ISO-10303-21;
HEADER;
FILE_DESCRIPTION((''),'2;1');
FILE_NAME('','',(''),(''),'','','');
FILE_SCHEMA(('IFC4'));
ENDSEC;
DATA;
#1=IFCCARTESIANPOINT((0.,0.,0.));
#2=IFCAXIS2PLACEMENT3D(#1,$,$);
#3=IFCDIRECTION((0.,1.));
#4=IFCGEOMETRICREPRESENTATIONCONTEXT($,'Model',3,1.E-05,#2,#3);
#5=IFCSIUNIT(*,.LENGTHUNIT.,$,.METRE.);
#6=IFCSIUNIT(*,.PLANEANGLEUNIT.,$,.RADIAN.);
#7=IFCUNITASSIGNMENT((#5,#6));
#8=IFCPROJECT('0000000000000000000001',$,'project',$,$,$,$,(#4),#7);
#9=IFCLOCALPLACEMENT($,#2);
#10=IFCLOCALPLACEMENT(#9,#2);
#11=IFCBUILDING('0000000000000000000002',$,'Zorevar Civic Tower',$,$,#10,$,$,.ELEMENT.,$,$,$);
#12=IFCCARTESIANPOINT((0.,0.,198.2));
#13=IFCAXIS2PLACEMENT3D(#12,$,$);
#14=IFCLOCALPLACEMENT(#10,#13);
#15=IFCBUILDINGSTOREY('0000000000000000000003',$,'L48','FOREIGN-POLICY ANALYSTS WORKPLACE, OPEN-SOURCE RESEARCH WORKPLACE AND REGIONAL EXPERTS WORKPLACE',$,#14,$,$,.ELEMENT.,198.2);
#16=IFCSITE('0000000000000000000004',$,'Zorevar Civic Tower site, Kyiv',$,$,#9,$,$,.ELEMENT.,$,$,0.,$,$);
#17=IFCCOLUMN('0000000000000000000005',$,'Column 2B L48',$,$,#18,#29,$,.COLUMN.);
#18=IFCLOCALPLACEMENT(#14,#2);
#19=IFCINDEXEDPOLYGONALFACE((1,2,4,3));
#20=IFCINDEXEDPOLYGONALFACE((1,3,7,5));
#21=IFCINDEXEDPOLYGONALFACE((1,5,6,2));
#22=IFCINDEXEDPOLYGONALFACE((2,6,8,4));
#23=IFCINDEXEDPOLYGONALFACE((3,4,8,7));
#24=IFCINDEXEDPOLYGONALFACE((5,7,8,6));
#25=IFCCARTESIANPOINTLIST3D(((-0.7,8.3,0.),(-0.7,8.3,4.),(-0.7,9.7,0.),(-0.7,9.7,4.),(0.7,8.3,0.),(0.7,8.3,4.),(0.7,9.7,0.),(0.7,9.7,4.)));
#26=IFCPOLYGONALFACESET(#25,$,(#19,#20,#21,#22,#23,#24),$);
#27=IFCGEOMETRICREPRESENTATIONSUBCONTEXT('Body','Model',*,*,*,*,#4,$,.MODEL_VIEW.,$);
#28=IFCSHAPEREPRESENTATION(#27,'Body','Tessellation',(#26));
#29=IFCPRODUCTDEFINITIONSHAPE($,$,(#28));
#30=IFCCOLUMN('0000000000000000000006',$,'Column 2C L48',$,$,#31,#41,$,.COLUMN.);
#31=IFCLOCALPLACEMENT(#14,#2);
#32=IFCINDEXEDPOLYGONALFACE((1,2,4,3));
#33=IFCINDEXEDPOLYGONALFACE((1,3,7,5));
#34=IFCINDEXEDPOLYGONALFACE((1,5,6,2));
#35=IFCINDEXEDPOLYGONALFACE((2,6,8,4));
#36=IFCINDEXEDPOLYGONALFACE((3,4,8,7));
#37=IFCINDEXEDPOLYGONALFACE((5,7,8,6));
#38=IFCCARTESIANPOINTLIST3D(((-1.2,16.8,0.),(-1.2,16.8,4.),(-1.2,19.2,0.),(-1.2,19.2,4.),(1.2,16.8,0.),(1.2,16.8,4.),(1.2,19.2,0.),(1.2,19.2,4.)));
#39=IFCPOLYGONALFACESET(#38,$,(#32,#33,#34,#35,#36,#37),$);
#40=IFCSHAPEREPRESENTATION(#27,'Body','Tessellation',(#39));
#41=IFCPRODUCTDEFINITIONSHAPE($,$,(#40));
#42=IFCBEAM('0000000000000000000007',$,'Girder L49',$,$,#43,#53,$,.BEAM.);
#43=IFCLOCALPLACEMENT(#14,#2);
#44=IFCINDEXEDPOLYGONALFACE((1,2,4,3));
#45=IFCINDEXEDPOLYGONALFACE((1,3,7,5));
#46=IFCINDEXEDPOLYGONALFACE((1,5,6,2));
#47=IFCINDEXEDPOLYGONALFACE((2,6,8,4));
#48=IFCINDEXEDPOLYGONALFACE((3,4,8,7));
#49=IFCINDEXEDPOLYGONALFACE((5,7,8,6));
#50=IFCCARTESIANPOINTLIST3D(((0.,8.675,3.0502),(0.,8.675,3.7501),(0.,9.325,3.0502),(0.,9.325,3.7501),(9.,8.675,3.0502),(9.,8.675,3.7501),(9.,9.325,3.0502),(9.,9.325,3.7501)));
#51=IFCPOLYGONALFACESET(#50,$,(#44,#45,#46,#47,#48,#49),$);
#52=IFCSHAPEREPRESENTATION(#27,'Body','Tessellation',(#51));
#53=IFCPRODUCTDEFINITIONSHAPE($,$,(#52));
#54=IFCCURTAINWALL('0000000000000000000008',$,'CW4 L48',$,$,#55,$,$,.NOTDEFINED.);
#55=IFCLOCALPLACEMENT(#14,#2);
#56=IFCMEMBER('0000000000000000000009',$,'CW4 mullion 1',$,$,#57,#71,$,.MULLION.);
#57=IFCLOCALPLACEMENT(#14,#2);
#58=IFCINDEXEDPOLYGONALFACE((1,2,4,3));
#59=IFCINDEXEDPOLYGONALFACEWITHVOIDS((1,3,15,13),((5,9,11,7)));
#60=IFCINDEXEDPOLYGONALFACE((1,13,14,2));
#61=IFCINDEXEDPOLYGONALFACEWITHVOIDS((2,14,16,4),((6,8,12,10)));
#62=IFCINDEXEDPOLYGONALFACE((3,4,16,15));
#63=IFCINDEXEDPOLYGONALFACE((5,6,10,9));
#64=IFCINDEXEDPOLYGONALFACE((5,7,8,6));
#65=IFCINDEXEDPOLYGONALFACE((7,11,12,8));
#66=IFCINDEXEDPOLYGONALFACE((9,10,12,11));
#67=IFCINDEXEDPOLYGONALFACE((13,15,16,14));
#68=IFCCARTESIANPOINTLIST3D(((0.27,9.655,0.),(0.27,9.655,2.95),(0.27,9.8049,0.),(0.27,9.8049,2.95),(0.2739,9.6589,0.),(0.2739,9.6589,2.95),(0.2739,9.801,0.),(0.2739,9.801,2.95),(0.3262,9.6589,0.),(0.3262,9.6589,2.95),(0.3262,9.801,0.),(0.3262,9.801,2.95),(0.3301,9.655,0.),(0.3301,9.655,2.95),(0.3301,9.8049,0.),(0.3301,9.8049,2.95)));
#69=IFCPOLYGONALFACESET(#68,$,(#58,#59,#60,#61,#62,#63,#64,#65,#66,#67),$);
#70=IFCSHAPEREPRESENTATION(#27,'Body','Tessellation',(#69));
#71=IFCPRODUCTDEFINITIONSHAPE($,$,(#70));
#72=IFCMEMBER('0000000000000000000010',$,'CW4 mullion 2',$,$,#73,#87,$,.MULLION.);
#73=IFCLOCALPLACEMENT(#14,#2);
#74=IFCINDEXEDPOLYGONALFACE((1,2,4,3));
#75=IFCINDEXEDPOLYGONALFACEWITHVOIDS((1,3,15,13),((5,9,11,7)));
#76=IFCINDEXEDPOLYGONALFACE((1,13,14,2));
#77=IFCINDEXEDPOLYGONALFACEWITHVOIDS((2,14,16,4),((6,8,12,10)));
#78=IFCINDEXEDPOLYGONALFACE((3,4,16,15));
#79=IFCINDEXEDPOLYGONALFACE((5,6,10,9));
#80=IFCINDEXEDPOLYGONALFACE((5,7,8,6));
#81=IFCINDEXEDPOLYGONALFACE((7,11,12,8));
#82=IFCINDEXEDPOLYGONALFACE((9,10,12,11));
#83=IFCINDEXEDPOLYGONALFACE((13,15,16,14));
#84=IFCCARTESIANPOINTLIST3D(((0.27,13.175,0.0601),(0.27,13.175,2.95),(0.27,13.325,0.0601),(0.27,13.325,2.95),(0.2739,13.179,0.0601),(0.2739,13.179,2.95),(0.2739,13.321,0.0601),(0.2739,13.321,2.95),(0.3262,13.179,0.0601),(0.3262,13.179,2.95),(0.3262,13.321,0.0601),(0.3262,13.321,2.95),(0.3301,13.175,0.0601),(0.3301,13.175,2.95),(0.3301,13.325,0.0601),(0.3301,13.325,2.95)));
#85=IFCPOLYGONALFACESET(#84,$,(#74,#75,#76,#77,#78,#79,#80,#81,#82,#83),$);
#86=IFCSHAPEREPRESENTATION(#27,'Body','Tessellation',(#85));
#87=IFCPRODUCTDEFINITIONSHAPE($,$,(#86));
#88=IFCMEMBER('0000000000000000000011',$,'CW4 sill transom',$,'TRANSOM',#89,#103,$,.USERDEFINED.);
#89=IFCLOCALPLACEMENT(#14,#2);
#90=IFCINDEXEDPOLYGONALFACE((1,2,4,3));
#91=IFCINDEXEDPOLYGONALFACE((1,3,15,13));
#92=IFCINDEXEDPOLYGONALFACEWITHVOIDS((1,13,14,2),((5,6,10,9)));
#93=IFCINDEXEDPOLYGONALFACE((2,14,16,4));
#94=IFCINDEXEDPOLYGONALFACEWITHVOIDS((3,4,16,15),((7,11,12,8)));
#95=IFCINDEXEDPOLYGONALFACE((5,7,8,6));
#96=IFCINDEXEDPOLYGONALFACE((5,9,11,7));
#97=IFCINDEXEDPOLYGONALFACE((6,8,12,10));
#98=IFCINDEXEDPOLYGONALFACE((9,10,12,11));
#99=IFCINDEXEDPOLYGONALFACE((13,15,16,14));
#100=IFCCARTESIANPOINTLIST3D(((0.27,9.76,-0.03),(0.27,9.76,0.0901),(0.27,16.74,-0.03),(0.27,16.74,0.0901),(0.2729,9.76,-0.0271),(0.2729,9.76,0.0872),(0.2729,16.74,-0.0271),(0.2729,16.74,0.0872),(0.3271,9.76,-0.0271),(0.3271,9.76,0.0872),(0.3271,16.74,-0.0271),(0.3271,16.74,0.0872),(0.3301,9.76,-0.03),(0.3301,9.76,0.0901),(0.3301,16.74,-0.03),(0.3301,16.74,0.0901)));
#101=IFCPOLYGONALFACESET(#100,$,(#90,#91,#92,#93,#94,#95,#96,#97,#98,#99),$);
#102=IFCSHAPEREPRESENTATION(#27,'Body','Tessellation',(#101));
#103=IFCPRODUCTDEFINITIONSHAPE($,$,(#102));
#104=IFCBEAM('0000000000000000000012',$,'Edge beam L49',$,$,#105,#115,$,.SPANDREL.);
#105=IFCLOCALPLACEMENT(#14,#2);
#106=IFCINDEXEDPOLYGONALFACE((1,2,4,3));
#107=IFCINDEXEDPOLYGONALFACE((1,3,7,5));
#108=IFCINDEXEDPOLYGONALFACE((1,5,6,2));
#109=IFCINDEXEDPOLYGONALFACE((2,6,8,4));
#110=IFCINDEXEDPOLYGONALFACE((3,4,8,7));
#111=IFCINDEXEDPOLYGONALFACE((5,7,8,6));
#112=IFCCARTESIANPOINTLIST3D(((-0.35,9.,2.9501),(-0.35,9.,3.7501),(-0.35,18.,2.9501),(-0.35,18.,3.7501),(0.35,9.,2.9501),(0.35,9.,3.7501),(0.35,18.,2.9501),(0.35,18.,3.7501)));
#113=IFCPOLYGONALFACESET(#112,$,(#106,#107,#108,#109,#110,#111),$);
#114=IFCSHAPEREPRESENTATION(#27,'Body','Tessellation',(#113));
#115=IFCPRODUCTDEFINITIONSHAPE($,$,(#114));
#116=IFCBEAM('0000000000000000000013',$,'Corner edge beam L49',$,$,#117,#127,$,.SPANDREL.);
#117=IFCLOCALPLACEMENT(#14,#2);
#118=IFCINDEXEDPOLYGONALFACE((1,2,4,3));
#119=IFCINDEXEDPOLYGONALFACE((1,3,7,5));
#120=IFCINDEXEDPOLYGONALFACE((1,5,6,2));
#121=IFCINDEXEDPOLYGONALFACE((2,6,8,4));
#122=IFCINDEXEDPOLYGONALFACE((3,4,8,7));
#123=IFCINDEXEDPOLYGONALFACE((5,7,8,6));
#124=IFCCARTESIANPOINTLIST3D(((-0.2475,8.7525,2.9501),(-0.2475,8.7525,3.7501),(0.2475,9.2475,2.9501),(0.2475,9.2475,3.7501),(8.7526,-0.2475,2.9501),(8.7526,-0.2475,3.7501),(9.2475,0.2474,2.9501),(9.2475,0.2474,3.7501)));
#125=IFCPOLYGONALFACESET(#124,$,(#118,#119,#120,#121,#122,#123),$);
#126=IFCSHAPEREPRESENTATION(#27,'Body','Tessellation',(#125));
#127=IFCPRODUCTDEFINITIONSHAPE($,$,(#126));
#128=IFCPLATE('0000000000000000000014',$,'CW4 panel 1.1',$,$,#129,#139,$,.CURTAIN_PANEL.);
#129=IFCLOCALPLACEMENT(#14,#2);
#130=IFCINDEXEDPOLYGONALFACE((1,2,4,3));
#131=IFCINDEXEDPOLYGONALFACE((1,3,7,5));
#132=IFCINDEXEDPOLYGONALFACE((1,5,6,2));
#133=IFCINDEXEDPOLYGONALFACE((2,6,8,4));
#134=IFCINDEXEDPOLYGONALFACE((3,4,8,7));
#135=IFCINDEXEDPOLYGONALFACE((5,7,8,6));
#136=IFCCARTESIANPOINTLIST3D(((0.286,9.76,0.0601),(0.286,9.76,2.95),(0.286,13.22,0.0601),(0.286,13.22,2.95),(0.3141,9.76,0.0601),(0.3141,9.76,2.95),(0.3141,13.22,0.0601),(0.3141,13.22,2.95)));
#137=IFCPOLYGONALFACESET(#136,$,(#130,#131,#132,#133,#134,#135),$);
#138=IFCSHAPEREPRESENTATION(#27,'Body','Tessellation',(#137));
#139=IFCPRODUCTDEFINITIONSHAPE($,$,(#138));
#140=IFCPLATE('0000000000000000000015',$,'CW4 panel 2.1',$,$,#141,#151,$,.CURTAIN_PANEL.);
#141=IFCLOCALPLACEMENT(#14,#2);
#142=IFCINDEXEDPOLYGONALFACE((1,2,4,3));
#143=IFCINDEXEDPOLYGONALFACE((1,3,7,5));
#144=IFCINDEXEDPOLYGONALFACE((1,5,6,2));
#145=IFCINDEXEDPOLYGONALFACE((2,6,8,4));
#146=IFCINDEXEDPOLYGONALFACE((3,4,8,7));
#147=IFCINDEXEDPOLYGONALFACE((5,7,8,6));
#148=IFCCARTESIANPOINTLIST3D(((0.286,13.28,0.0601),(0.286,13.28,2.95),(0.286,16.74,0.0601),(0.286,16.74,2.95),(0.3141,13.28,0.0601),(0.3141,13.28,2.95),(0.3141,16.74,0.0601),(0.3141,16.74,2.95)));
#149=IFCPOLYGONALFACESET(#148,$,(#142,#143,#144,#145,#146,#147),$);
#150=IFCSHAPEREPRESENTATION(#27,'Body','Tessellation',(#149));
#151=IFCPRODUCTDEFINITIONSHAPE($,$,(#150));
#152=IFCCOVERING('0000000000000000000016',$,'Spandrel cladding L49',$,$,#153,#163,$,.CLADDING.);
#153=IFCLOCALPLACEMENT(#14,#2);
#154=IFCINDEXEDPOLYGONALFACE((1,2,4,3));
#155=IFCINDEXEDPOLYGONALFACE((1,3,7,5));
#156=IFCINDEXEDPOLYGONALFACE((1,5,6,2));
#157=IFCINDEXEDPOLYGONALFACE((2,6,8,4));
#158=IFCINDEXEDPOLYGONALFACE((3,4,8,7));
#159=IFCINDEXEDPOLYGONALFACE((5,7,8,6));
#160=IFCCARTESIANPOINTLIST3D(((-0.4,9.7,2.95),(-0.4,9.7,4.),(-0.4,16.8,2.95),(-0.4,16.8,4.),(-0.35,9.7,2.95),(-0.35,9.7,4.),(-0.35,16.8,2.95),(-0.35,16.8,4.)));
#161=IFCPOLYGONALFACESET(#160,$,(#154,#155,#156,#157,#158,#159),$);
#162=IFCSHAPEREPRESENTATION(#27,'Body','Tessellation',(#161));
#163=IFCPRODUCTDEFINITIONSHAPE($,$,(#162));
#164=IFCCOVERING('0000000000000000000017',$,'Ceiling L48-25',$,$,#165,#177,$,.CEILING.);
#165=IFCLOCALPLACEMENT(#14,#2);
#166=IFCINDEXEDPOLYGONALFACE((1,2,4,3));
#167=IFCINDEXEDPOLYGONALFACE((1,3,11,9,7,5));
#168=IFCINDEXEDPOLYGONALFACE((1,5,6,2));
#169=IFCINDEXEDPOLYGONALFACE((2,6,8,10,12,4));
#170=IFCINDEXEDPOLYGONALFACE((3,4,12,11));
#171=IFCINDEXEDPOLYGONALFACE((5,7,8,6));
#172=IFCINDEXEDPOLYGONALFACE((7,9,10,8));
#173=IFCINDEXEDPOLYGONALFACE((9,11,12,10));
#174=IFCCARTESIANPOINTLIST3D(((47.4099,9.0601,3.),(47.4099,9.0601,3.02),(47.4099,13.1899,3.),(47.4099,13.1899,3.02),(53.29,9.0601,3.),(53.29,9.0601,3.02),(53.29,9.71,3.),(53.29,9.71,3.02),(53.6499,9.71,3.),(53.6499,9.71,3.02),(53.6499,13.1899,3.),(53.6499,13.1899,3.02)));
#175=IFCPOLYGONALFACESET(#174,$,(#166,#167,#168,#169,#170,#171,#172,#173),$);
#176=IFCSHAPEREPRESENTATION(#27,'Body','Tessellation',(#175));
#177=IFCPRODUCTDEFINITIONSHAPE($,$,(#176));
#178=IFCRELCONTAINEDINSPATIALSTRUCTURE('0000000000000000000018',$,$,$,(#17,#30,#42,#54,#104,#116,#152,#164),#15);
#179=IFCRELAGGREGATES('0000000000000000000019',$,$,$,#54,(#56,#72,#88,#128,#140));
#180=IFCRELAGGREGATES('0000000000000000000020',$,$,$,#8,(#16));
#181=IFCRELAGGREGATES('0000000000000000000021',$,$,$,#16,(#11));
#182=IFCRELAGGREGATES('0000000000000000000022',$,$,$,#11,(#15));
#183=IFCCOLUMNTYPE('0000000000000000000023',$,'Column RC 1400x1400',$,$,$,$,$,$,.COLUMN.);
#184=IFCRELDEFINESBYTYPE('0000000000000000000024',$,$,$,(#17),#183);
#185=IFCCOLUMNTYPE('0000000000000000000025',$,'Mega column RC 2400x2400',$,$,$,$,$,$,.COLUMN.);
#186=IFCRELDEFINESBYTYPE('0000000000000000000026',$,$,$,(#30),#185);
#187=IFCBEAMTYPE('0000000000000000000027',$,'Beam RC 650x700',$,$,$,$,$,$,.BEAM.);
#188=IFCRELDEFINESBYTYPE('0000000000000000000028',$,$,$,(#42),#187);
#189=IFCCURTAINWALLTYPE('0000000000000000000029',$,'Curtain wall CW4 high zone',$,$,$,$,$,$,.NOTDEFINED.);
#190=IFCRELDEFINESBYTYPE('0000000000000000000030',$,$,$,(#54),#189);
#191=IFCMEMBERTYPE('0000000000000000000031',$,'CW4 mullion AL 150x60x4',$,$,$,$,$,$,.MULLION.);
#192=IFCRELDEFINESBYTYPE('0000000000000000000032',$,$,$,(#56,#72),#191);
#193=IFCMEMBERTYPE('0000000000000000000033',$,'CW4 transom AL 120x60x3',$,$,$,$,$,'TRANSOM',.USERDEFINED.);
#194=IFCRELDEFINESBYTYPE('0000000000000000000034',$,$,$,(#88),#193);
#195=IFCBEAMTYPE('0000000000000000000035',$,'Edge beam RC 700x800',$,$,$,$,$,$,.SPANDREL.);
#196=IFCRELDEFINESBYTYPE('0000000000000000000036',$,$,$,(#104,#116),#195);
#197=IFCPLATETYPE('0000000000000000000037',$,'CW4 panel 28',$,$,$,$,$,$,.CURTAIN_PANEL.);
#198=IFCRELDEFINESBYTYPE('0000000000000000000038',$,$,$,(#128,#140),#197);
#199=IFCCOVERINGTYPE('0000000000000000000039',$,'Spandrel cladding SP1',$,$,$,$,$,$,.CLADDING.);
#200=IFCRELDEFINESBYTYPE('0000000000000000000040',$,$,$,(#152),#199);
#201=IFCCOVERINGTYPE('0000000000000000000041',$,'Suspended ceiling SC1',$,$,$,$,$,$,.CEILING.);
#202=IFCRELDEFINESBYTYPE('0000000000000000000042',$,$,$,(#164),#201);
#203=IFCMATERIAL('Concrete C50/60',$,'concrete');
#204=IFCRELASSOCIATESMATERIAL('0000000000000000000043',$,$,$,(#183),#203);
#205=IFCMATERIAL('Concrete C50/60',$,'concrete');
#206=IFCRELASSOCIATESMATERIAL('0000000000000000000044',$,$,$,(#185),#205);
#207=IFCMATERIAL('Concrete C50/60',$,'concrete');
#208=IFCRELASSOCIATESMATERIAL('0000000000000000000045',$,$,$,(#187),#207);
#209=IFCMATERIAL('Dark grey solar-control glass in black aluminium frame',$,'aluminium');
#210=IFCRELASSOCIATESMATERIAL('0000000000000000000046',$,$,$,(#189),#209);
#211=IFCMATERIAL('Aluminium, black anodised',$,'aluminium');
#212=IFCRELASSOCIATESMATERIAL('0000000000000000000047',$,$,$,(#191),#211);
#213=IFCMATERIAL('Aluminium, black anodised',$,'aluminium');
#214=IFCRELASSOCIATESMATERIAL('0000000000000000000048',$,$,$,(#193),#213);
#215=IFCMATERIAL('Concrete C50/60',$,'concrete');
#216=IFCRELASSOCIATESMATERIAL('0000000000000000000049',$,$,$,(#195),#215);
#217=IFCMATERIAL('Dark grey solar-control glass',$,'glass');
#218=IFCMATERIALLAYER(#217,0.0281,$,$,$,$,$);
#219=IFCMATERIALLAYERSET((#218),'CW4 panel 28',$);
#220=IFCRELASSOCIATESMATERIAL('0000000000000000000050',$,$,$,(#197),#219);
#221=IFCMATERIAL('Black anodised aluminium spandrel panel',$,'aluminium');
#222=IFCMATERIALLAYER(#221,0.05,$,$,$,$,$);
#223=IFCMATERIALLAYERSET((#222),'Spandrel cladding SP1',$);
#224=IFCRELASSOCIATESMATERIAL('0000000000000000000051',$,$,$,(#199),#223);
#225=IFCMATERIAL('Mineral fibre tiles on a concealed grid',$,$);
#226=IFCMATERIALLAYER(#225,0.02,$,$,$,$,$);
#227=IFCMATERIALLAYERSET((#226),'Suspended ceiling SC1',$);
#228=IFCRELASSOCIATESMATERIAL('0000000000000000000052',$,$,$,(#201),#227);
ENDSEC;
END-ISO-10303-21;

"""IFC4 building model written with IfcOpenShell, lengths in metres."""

from ifc_helpers import new_model, si_unit, direction, frame, frame_2d, origin, origin_2d, place, context, subcontext, project, spatial, polyline, rectangle, hollow_rectangle, outline, extrude, material, layer, layer_set, material_profile, profile_set, type_object, element, aggregate, save


model = new_model("IFC4")

# Units and contexts
model_context = context("Model", 3, precision=1e-05, world=origin(), true_north=direction((0.0, 1.0)))
body_context = subcontext(model_context, "Body", "Model", "MODEL_VIEW")
ifc_project = project(units=[si_unit("LENGTHUNIT", "METRE"), si_unit("PLANEANGLEUNIT", "RADIAN")], contexts=[model_context])

# Site, building, storey
site_placement = place(None, origin())
site = spatial("IfcSite", under=ifc_project, at=site_placement, Name="Zorevar Civic Tower site, Kyiv", CompositionType="ELEMENT", RefElevation=0.0)
building_placement = place(site_placement, origin())
building = spatial("IfcBuilding", under=site, at=building_placement, Name="Zorevar Civic Tower", CompositionType="ELEMENT")
storey_placement = place(building_placement, frame((0.0, 0.0, 198.2)))
storey = spatial("IfcBuildingStorey", under=building, at=storey_placement, Name="L48", Description="FOREIGN-POLICY ANALYSTS WORKPLACE, OPEN-SOURCE RESEARCH WORKPLACE AND REGIONAL EXPERTS WORKPLACE", CompositionType="ELEMENT", Elevation=198.2)

# Columns
ifc_material_1 = material(Name="Concrete C50/60", Category="concrete")
ifc_material_profile_1 = material_profile(ifc_material_1, rectangle(XDim=1.3999, YDim=1.3999, at=origin_2d()), Name="RC 1400x1400")
ifc_profile_set_1 = profile_set([ifc_material_profile_1], Name="Concrete C50/60")
column_type_1 = type_object("IfcColumnType", Name="Column RC 1400x1400", PredefinedType="COLUMN", material=ifc_profile_set_1)
column_1_placement = place(storey_placement, frame((0.0, 9.0, 0.0), z_axis=(0.0, 0.0, 1.0), x_axis=(1.0, 0.0, 0.0)))
element("IfcColumn", 1, at=column_1_placement, inside=storey, type_object=column_type_1, Name="Column 2B L48", PredefinedType="COLUMN", context=body_context, shape_type="SweptSolid", body=[
    extrude(rectangle(XDim=1.3999, YDim=1.3999, at=origin_2d()), origin(), (0.0, 0.0, 1.0), 4.0),
])
ifc_material_2 = material(Name="Concrete C50/60", Category="concrete")
ifc_material_profile_2 = material_profile(ifc_material_2, rectangle(XDim=2.3999, YDim=2.3999, at=origin_2d()), Name="RC 2400x2400")
ifc_profile_set_2 = profile_set([ifc_material_profile_2], Name="Concrete C50/60")
column_type_2 = type_object("IfcColumnType", Name="Mega column RC 2400x2400", PredefinedType="COLUMN", material=ifc_profile_set_2)
column_2_placement = place(storey_placement, frame((0.0, 18.0, 0.0), z_axis=(0.0, 0.0, 1.0), x_axis=(1.0, 0.0, 0.0)))
element("IfcColumn", 2, at=column_2_placement, inside=storey, type_object=column_type_2, Name="Column 2C L48", PredefinedType="COLUMN", context=body_context, shape_type="SweptSolid", body=[
    extrude(rectangle(XDim=2.3999, YDim=2.3999, at=origin_2d()), origin(), (0.0, 0.0, 1.0), 4.0),
])

# Beam
ifc_material_3 = material(Name="Concrete C50/60", Category="concrete")
ifc_material_profile_3 = material_profile(ifc_material_3, rectangle(XDim=0.6499, YDim=0.7, at=origin_2d()), Name="RC 650x700")
ifc_profile_set_3 = profile_set([ifc_material_profile_3], Name="Concrete C50/60")
beam_type_1 = type_object("IfcBeamType", Name="Beam RC 650x700", PredefinedType="BEAM", material=ifc_profile_set_3)
beam_1_placement = place(storey_placement, frame((0.0, 9.0, 3.4001), z_axis=(1.0, 0.0, 0.0), x_axis=(0.0, 1.0, 0.0)))
element("IfcBeam", 3, at=beam_1_placement, inside=storey, type_object=beam_type_1, Name="Girder L49", PredefinedType="BEAM", context=body_context, shape_type="SweptSolid", body=[
    extrude(rectangle(XDim=0.6499, YDim=0.7, at=origin_2d()), origin(), (0.0, 0.0, 1.0), 9.0),
])

# Curtain wall, members
ifc_material_4 = material(Name="Dark grey solar-control glass in black aluminium frame", Category="aluminium")
curtain_wall_type = type_object("IfcCurtainWallType", Name="Curtain wall CW4 high zone", PredefinedType="NOTDEFINED", material=ifc_material_4)
curtain_wall_placement = place(storey_placement, origin())
curtain_wall = element("IfcCurtainWall", 4, at=curtain_wall_placement, inside=storey, type_object=curtain_wall_type, Name="CW4 L48", PredefinedType="NOTDEFINED")
ifc_material_5 = material(Name="Aluminium, black anodised", Category="aluminium")
ifc_material_profile_4 = material_profile(ifc_material_5, hollow_rectangle(XDim=0.0601, YDim=0.1499, WallThickness=0.0039, at=origin_2d()), Name="AL 150x60x4")
ifc_profile_set_4 = profile_set([ifc_material_profile_4], Name="Aluminium, black anodised")
member_type_1 = type_object("IfcMemberType", Name="CW4 mullion AL 150x60x4", PredefinedType="MULLION", material=ifc_profile_set_4)
member_1_placement = place(storey_placement, frame((0.3, 9.73, 0.0), z_axis=(0.0, 0.0, 1.0), x_axis=(-1.0, 0.0, 0.0)))
member_1 = element("IfcMember", 5, at=member_1_placement, type_object=member_type_1, Name="CW4 mullion 1", PredefinedType="MULLION", context=body_context, shape_type="SweptSolid", body=[
    extrude(hollow_rectangle(XDim=0.0601, YDim=0.1499, WallThickness=0.0039, at=origin_2d()), origin(), (0.0, 0.0, 1.0), 2.95),
])
member_2_placement = place(storey_placement, frame((0.3, 13.25, 0.0601), z_axis=(0.0, 0.0, 1.0), x_axis=(-1.0, 0.0, 0.0)))
member_2 = element("IfcMember", 6, at=member_2_placement, type_object=member_type_1, Name="CW4 mullion 2", PredefinedType="MULLION", context=body_context, shape_type="SweptSolid", body=[
    extrude(hollow_rectangle(XDim=0.0601, YDim=0.1499, WallThickness=0.0039, at=origin_2d()), origin(), (0.0, 0.0, 1.0), 2.8899),
])
ifc_material_6 = material(Name="Aluminium, black anodised", Category="aluminium")
ifc_material_profile_5 = material_profile(ifc_material_6, hollow_rectangle(XDim=0.0601, YDim=0.1201, WallThickness=0.0029, at=origin_2d()), Name="AL 120x60x3")
ifc_profile_set_5 = profile_set([ifc_material_profile_5], Name="Aluminium, black anodised")
member_type_2 = type_object("IfcMemberType", Name="CW4 transom AL 120x60x3", ElementType="TRANSOM", PredefinedType="USERDEFINED", material=ifc_profile_set_5)
member_3_placement = place(storey_placement, frame((0.3, 9.76, 0.03), z_axis=(0.0, 1.0, 0.0), x_axis=(-1.0, 0.0, 0.0)))
member_3 = element("IfcMember", 7, at=member_3_placement, type_object=member_type_2, Name="CW4 sill transom", ObjectType="TRANSOM", PredefinedType="USERDEFINED", context=body_context, shape_type="SweptSolid", body=[
    extrude(hollow_rectangle(XDim=0.0601, YDim=0.1201, WallThickness=0.0029, at=origin_2d()), origin(), (0.0, 0.0, 1.0), 6.98),
])

# Beams
ifc_material_7 = material(Name="Concrete C50/60", Category="concrete")
ifc_material_profile_6 = material_profile(ifc_material_7, rectangle(XDim=0.7, YDim=0.8, at=origin_2d()), Name="RC 700x800")
ifc_profile_set_6 = profile_set([ifc_material_profile_6], Name="Concrete C50/60")
beam_type_2 = type_object("IfcBeamType", Name="Edge beam RC 700x800", PredefinedType="SPANDREL", material=ifc_profile_set_6)
beam_2_placement = place(storey_placement, frame((0.0, 9.0, 3.3501), z_axis=(0.0, 1.0, 0.0), x_axis=(-1.0, 0.0, 0.0)))
element("IfcBeam", 8, at=beam_2_placement, inside=storey, type_object=beam_type_2, Name="Edge beam L49", PredefinedType="SPANDREL", context=body_context, shape_type="SweptSolid", body=[
    extrude(rectangle(XDim=0.7, YDim=0.8, at=origin_2d()), origin(), (0.0, 0.0, 1.0), 9.0),
])
beam_3_placement = place(storey_placement, frame((0.0, 9.0, 3.3501), z_axis=(0.707107, -0.707107, 0.0), x_axis=(0.707107, 0.707107, 0.0)))
element("IfcBeam", 9, at=beam_3_placement, inside=storey, type_object=beam_type_2, Name="Corner edge beam L49", PredefinedType="SPANDREL", context=body_context, shape_type="SweptSolid", body=[
    extrude(rectangle(XDim=0.7, YDim=0.8, at=origin_2d()), origin(), (0.0, 0.0, 1.0), 12.728),
])

# Plates
ifc_material_8 = material(Name="Dark grey solar-control glass", Category="glass")
ifc_layer_1 = layer(ifc_material_8, 0.0281)
ifc_layer_set_1 = layer_set([ifc_layer_1], Name="CW4 panel 28")
plate_type = type_object("IfcPlateType", Name="CW4 panel 28", PredefinedType="CURTAIN_PANEL", material=ifc_layer_set_1)
plate_1_placement = place(storey_placement, frame((0.3, 11.49, 0.0601), z_axis=(0.0, 0.0, 1.0), x_axis=(0.0, 1.0, 0.0)))
plate_1 = element("IfcPlate", 10, at=plate_1_placement, type_object=plate_type, Name="CW4 panel 1.1", PredefinedType="CURTAIN_PANEL", context=body_context, shape_type="SweptSolid", body=[
    extrude(rectangle(XDim=3.46, YDim=0.0281, at=origin_2d()), origin(), (0.0, 0.0, 1.0), 2.8899),
])
plate_2_placement = place(storey_placement, frame((0.3, 15.01, 0.0601), z_axis=(0.0, 0.0, 1.0), x_axis=(0.0, 1.0, 0.0)))
plate_2 = element("IfcPlate", 11, at=plate_2_placement, type_object=plate_type, Name="CW4 panel 2.1", PredefinedType="CURTAIN_PANEL", context=body_context, shape_type="SweptSolid", body=[
    extrude(rectangle(XDim=3.46, YDim=0.0281, at=origin_2d()), origin(), (0.0, 0.0, 1.0), 2.8899),
])
aggregate(curtain_wall, [member_1, member_2, member_3, plate_1, plate_2])

# Coverings
ifc_material_9 = material(Name="Black anodised aluminium spandrel panel", Category="aluminium")
ifc_layer_2 = layer(ifc_material_9, 0.05)
ifc_layer_set_2 = layer_set([ifc_layer_2], Name="Spandrel cladding SP1")
covering_type_1 = type_object("IfcCoveringType", Name="Spandrel cladding SP1", PredefinedType="CLADDING", material=ifc_layer_set_2)
covering_1_placement = place(storey_placement, frame((-0.375, 9.7, 2.95), z_axis=(0.0, 0.0, 1.0), x_axis=(0.0, 1.0, 0.0)))
element("IfcCovering", 12, at=covering_1_placement, inside=storey, type_object=covering_type_1, Name="Spandrel cladding L49", PredefinedType="CLADDING", context=body_context, shape_type="SweptSolid", body=[
    extrude(rectangle(XDim=7.1001, YDim=0.05, at=frame_2d((3.55, 0.0))), origin(), (0.0, 0.0, 1.0), 1.05),
])
ifc_material_10 = material(Name="Mineral fibre tiles on a concealed grid")
ifc_layer_3 = layer(ifc_material_10, 0.02)
ifc_layer_set_3 = layer_set([ifc_layer_3], Name="Suspended ceiling SC1")
covering_type_2 = type_object("IfcCoveringType", Name="Suspended ceiling SC1", PredefinedType="CEILING", material=ifc_layer_set_3)
covering_2_placement = place(storey_placement, frame((0.0, 0.0, 3.0)))
element("IfcCovering", 13, at=covering_2_placement, inside=storey, type_object=covering_type_2, Name="Ceiling L48-25", PredefinedType="CEILING", context=body_context, shape_type="SweptSolid", body=[
    extrude(outline(polyline([(47.4099, 13.1899), (53.6499, 13.1899), (53.6499, 9.71), (53.29, 9.71), (53.29, 9.0601), (47.4099, 9.0601), (47.4099, 13.1899)])), origin(), (0.0, 0.0, 1.0), 0.02),
])

save(model, "model.ifc")
